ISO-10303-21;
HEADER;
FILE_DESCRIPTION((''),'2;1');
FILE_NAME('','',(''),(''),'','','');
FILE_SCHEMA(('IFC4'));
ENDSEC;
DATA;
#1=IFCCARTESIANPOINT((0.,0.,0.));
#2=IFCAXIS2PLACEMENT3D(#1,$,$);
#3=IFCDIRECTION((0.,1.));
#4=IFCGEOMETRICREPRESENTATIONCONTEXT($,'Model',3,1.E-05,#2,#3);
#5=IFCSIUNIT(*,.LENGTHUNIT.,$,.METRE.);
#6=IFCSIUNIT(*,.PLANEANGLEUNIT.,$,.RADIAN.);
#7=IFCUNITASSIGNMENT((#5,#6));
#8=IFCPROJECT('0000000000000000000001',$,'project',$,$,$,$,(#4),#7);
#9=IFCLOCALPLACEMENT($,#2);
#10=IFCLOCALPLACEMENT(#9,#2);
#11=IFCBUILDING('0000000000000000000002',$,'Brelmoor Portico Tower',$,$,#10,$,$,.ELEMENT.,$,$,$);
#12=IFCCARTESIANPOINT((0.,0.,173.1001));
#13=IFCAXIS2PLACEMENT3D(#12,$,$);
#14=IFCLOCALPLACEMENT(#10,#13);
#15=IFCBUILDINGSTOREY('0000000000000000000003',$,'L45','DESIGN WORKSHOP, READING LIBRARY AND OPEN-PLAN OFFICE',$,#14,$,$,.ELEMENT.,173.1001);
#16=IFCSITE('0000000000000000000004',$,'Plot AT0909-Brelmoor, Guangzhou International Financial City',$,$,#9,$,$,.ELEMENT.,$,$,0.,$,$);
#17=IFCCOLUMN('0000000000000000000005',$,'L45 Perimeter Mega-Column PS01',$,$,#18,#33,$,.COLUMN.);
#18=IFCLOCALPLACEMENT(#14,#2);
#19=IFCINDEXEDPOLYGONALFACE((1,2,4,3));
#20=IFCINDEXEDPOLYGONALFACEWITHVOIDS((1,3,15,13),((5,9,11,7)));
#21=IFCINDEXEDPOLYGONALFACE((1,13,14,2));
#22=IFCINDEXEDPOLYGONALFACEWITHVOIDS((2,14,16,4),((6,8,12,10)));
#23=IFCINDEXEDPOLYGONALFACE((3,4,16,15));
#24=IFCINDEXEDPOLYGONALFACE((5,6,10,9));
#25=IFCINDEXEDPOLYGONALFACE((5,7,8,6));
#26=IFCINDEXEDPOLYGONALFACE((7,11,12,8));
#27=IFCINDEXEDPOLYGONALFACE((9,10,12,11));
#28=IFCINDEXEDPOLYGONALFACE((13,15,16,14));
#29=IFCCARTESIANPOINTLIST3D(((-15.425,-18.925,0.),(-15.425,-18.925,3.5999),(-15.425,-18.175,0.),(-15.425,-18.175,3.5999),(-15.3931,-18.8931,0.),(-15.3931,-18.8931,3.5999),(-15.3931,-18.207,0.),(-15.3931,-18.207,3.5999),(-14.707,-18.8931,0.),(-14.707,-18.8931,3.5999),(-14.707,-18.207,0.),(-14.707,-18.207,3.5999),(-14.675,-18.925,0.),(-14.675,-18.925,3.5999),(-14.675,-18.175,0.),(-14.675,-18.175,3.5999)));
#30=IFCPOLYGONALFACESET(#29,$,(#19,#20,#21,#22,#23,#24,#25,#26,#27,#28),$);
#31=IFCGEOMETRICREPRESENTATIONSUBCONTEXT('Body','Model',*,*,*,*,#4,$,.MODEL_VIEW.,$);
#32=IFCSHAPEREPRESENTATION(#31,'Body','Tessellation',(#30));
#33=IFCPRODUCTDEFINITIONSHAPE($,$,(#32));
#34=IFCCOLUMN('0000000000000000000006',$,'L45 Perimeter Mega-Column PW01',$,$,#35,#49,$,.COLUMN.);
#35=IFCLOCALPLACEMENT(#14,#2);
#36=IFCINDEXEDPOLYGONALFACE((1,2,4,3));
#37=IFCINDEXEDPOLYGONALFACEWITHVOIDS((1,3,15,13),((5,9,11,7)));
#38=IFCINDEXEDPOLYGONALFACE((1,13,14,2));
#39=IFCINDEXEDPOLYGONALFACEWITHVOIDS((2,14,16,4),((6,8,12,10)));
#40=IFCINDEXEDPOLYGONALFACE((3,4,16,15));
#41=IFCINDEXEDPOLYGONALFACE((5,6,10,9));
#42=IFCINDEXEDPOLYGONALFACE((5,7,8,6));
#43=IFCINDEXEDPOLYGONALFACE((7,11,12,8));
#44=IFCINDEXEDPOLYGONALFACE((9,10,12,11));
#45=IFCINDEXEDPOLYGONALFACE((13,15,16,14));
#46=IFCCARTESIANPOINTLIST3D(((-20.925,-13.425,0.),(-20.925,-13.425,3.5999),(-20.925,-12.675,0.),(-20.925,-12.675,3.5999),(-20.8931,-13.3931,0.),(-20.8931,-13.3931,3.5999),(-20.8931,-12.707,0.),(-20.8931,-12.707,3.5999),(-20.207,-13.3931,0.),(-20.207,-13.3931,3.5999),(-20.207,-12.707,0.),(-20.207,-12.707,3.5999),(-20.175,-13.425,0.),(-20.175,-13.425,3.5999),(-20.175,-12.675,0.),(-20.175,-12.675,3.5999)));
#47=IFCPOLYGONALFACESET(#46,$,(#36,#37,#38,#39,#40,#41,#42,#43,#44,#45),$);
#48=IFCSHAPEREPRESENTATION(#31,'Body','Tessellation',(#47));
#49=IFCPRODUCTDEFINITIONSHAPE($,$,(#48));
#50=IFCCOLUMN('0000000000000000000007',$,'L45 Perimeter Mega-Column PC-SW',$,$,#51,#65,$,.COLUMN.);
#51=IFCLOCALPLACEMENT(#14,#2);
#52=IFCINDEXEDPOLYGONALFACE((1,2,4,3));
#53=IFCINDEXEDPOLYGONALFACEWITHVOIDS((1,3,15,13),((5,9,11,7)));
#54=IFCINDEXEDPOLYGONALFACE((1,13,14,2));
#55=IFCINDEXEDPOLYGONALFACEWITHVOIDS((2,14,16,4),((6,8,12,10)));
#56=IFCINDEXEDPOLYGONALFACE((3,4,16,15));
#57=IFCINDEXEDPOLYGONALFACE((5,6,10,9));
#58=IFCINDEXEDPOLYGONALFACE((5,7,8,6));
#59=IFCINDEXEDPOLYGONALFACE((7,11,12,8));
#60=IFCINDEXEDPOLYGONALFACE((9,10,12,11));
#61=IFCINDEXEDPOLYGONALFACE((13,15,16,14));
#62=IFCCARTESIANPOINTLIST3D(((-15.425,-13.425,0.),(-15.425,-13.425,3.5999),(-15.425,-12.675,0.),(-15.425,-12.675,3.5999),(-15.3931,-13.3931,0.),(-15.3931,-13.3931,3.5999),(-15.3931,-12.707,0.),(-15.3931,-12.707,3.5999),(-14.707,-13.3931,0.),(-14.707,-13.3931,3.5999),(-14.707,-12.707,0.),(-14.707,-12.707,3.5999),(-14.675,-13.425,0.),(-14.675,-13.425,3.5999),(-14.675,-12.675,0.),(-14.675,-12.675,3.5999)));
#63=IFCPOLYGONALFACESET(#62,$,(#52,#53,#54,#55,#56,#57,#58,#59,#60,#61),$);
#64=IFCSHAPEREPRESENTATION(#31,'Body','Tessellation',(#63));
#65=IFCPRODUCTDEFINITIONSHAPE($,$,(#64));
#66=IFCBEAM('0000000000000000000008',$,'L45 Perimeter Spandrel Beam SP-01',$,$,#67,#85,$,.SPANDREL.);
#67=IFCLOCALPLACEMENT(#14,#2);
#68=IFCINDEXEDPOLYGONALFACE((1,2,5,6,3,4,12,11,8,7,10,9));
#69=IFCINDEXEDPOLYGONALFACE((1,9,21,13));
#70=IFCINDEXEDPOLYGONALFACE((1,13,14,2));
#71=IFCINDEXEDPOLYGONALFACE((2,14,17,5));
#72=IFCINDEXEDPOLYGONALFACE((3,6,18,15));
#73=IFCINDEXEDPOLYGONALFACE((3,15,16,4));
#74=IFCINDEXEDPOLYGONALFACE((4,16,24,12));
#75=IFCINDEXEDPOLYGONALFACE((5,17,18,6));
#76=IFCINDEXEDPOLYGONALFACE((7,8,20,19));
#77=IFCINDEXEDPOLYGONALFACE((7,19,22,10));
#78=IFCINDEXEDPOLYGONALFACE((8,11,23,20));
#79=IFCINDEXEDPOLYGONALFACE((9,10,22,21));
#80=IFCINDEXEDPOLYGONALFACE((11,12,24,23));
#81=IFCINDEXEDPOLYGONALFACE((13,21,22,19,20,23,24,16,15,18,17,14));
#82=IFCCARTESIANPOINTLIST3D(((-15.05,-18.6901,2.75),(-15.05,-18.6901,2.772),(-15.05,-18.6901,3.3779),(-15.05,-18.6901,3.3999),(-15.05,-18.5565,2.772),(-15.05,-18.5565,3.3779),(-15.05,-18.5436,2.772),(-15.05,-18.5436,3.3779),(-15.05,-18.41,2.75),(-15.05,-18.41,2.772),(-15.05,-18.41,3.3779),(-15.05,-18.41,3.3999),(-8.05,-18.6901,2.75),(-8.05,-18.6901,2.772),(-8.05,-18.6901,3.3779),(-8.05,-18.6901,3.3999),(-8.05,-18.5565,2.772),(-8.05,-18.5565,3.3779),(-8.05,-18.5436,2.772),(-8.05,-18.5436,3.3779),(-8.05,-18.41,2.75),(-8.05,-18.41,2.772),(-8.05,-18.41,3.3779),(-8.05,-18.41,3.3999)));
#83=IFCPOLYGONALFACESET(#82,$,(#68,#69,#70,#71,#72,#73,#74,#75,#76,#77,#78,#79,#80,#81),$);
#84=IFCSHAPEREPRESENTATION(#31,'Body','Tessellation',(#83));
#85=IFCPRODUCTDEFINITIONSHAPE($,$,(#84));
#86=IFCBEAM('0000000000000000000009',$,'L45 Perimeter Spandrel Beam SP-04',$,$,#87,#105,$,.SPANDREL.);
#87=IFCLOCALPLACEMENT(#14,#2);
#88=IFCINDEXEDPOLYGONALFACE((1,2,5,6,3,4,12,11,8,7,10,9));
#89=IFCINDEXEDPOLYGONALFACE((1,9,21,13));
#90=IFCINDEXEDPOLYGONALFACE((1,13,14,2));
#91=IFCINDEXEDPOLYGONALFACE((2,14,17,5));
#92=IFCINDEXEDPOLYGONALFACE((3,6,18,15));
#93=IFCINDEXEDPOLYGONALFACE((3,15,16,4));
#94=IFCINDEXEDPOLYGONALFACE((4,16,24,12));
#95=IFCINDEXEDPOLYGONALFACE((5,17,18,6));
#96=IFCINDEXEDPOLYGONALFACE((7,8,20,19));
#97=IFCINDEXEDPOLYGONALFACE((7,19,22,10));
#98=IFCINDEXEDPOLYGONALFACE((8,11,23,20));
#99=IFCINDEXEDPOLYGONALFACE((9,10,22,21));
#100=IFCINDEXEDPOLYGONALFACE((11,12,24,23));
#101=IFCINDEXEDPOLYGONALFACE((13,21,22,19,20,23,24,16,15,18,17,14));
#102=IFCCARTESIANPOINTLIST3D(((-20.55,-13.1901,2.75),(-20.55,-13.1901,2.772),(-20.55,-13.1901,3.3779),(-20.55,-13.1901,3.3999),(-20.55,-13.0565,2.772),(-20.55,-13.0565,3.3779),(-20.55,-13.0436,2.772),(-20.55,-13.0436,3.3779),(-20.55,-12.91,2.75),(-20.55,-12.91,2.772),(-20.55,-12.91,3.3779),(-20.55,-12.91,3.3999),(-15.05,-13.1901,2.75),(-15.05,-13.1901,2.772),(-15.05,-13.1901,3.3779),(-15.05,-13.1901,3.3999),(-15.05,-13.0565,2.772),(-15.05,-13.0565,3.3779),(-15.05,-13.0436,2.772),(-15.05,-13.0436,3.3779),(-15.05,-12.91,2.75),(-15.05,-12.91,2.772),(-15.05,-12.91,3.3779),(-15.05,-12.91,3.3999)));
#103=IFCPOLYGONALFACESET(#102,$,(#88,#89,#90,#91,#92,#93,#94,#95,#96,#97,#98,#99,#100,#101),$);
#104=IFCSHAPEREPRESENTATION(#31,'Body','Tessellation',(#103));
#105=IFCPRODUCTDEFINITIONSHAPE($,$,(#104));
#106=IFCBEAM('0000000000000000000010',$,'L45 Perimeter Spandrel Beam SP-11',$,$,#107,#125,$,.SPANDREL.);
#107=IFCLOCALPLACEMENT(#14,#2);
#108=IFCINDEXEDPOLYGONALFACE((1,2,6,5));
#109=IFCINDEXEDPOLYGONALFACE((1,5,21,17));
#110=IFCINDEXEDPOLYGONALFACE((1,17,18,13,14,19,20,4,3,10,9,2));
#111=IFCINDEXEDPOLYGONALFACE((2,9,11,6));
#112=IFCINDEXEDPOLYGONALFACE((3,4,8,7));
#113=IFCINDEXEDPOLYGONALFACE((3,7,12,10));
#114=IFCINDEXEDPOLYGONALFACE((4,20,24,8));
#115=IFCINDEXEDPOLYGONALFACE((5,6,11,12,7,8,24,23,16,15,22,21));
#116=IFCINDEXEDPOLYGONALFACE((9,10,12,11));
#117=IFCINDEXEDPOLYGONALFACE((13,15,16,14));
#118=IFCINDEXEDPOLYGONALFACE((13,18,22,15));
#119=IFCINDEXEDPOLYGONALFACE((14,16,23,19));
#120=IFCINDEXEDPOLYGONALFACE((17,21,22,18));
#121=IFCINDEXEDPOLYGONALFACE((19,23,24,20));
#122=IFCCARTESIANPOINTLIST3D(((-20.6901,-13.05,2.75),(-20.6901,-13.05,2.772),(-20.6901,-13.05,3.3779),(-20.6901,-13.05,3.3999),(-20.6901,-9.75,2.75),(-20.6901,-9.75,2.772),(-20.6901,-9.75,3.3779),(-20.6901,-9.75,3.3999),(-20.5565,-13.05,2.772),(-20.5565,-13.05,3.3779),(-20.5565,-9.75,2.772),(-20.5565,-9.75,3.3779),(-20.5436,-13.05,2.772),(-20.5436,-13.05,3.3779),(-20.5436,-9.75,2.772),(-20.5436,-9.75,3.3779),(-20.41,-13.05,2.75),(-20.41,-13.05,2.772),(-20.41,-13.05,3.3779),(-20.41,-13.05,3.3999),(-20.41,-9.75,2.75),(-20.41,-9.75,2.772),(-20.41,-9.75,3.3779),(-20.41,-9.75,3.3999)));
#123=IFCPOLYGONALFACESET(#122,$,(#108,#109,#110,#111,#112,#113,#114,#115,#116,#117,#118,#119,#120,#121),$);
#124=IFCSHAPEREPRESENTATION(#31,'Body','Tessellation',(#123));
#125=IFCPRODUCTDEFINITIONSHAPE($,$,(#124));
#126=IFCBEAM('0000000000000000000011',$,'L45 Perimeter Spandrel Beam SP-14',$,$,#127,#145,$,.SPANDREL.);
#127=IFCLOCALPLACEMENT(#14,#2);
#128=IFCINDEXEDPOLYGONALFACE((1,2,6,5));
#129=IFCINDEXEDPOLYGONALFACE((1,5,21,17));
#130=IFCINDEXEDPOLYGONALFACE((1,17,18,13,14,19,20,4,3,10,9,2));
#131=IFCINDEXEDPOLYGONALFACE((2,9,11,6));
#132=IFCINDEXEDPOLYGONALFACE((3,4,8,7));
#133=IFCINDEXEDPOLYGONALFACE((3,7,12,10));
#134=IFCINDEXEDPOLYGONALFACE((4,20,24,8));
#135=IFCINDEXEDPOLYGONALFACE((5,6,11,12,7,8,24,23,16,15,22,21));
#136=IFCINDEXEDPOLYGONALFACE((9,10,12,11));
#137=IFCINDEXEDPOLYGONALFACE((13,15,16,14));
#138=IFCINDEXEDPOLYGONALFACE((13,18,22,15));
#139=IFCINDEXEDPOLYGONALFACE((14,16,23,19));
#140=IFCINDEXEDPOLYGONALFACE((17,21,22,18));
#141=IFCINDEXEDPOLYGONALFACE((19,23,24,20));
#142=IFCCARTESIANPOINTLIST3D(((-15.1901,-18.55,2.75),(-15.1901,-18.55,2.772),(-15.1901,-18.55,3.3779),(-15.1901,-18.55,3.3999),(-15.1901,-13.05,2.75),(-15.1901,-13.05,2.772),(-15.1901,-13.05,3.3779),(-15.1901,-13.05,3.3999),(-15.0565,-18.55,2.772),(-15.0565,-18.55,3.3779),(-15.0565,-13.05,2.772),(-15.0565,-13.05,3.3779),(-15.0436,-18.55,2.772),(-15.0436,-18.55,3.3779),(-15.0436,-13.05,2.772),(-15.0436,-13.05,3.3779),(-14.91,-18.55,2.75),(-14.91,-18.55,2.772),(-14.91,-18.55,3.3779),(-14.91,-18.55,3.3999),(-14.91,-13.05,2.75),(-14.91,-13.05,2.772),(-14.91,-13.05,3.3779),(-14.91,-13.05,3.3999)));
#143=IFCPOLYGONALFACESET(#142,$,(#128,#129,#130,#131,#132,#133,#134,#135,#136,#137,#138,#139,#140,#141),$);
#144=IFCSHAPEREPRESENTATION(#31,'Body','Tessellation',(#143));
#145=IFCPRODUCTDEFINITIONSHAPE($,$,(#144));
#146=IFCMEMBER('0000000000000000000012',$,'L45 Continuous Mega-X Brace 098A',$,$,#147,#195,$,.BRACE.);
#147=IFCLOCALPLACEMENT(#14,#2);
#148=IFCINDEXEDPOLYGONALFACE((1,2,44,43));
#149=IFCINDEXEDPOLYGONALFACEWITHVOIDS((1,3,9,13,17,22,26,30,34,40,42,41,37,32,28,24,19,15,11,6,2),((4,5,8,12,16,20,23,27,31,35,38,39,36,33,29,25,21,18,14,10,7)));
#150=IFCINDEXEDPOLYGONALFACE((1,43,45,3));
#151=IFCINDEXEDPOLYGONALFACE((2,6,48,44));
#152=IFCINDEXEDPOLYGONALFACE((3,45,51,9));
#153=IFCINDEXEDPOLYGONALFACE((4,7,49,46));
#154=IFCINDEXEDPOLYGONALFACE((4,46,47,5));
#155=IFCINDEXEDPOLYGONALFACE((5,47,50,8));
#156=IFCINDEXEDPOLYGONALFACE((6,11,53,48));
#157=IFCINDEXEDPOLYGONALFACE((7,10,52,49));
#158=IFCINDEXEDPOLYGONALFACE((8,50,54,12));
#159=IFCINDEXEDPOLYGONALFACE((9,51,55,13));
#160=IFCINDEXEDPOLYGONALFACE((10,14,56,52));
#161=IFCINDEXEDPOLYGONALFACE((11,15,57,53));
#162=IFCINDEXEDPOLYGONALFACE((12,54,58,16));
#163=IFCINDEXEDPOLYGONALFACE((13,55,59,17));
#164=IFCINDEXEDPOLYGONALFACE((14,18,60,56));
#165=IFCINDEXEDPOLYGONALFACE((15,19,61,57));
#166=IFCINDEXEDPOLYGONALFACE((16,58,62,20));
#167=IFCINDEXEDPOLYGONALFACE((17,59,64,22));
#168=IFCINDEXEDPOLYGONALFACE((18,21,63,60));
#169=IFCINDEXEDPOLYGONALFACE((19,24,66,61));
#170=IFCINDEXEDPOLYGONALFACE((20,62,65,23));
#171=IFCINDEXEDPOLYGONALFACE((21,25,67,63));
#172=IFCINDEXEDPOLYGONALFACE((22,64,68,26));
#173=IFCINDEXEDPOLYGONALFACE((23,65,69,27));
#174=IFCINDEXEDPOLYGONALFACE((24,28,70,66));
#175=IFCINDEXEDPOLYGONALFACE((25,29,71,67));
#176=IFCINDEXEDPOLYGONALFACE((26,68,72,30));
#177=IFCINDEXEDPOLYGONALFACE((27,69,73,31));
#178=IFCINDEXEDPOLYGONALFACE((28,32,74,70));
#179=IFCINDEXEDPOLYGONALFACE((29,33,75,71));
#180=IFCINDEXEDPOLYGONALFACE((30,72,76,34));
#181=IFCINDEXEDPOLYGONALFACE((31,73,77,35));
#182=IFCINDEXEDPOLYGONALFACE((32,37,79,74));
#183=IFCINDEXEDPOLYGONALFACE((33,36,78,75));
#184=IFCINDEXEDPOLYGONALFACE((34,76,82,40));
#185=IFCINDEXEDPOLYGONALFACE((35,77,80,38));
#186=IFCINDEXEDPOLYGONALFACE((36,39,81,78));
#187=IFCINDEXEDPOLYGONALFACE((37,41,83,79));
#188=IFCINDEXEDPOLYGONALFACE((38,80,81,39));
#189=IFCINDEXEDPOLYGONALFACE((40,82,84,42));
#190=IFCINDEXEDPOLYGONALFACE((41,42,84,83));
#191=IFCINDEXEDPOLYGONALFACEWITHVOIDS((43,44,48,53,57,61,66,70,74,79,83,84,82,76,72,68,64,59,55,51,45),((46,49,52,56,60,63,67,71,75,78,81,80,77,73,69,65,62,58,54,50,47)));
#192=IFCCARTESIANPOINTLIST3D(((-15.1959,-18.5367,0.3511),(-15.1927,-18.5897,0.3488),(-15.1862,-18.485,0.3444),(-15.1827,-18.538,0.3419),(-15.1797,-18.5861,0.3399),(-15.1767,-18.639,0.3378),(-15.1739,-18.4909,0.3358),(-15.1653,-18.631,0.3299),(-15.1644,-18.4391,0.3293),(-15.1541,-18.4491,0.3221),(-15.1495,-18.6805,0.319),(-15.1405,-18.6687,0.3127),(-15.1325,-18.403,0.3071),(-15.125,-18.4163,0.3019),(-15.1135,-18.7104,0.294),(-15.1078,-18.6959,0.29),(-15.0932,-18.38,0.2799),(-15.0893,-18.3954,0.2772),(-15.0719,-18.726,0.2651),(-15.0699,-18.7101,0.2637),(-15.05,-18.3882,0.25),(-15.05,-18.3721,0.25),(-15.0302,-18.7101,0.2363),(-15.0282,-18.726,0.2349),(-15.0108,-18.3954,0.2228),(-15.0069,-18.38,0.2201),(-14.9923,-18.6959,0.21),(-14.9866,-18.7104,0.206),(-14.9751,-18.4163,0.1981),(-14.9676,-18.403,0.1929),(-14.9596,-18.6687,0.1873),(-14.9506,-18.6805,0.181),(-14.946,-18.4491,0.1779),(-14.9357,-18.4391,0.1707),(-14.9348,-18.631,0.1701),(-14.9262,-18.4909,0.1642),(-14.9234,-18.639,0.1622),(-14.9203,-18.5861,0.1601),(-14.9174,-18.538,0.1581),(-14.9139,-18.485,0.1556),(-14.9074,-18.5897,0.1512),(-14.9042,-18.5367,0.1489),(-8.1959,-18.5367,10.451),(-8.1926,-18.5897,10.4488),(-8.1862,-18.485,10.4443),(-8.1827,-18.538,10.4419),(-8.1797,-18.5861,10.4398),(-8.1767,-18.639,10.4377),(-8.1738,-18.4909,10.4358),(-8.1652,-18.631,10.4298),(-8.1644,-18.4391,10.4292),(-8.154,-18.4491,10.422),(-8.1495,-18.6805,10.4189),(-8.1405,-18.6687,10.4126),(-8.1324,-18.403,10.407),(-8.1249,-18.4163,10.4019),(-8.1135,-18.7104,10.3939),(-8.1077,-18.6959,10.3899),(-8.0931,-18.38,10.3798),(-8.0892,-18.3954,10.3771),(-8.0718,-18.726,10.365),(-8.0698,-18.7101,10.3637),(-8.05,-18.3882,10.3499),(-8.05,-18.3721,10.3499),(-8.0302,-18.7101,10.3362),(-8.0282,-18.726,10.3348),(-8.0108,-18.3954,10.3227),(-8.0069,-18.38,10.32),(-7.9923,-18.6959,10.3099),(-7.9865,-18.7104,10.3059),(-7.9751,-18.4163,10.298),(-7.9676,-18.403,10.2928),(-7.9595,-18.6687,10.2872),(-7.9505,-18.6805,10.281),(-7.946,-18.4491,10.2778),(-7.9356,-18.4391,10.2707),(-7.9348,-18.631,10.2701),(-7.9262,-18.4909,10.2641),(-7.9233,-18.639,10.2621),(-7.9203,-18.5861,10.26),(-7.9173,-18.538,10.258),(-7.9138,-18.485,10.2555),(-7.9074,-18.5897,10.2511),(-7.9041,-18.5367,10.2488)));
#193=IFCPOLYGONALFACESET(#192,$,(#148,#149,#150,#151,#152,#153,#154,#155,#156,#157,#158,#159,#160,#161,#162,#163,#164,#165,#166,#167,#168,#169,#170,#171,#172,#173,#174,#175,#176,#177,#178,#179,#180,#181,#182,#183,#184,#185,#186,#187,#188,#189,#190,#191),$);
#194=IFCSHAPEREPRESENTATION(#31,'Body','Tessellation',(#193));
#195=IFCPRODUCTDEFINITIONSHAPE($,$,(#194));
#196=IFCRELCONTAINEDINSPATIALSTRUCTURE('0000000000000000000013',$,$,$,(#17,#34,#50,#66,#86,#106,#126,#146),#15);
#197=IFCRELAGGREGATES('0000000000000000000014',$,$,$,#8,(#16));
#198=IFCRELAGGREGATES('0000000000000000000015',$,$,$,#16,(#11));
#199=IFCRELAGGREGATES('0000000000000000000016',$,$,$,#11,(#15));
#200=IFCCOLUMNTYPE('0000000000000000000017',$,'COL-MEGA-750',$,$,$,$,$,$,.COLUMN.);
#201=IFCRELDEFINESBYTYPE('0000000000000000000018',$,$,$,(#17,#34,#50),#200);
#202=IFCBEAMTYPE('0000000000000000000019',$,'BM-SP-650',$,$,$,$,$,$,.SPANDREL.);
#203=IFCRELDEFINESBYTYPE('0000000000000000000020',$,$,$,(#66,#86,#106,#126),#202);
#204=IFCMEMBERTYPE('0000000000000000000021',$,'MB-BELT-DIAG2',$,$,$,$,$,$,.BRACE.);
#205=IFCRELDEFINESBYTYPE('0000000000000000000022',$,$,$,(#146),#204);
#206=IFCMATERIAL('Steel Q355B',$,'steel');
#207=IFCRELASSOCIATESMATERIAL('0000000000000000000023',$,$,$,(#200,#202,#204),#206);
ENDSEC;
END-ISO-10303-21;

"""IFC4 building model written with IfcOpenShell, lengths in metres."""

from ifc_helpers import new_model, si_unit, direction, frame, origin, origin_2d, place, context, subcontext, project, spatial, hollow_rectangle, hollow_circle, i_section, extrude, material, material_profile, profile_set, type_object, element, save


model = new_model("IFC4")

# Units and contexts
model_context = context("Model", 3, precision=1e-05, world=origin(), true_north=direction((0.0, 1.0)))
body_context = subcontext(model_context, "Body", "Model", "MODEL_VIEW")
ifc_project = project(units=[si_unit("LENGTHUNIT", "METRE"), si_unit("PLANEANGLEUNIT", "RADIAN")], contexts=[model_context])

# Site, building, storey
site_placement = place(None, origin())
site = spatial("IfcSite", under=ifc_project, at=site_placement, Name="Plot AT0909-Brelmoor, Guangzhou International Financial City", CompositionType="ELEMENT", RefElevation=0.0)
building_placement = place(site_placement, origin())
building = spatial("IfcBuilding", under=site, at=building_placement, Name="Brelmoor Portico Tower", CompositionType="ELEMENT")
storey_placement = place(building_placement, frame((0.0, 0.0, 173.1001)))
storey = spatial("IfcBuildingStorey", under=building, at=storey_placement, Name="L45", Description="DESIGN WORKSHOP, READING LIBRARY AND OPEN-PLAN OFFICE", CompositionType="ELEMENT", Elevation=173.1001)

# Columns
ifc_material_1 = material(Name="Steel Q355B", Category="steel")
ifc_material_profile_1 = material_profile(ifc_material_1, hollow_rectangle(XDim=0.75, YDim=0.75, WallThickness=0.032, at=origin_2d()), Name="BOX 750x750x32")
ifc_profile_set_1 = profile_set([ifc_material_profile_1], Name="Steel Q355B")
column_type = type_object("IfcColumnType", Name="COL-MEGA-750", PredefinedType="COLUMN", material=ifc_profile_set_1)
for number, where, z_axis, x_axis, name in (
    (1, (-15.05, -18.55, 0.0), (0.0, 0.0, 1.0), (1.0, 0.0, 0.0), "L45 Perimeter Mega-Column PS01"),
    (2, (-20.55, -13.05, 0.0), (0.0, 0.0, 1.0), (0.0, 1.0, 0.0), "L45 Perimeter Mega-Column PW01"),
    (3, (-15.05, -13.05, 0.0), (0.0, 0.0, 1.0), (1.0, 0.0, 0.0), "L45 Perimeter Mega-Column PC-SW"),
):
    element("IfcColumn", number, at=place(storey_placement, frame(where, z_axis=z_axis, x_axis=x_axis)), inside=storey, type_object=column_type, Name=name, PredefinedType="COLUMN", context=body_context, shape_type="SweptSolid", body=[
        extrude(hollow_rectangle(XDim=0.75, YDim=0.75, WallThickness=0.032, at=origin_2d()), origin(), (0.0, 0.0, 1.0), 3.5999),
    ])

# Beams
ifc_material_profile_2 = material_profile(ifc_material_1, i_section(OverallWidth=0.28, OverallDepth=0.6499, WebThickness=0.0129, FlangeThickness=0.022, at=origin_2d()), Name="HN 650x280x13x22")
ifc_profile_set_2 = profile_set([ifc_material_profile_2], Name="Steel Q355B")
beam_type = type_object("IfcBeamType", Name="BM-SP-650", PredefinedType="SPANDREL", material=ifc_profile_set_2)
beam_1_placement = place(storey_placement, frame((-15.05, -18.55, 3.075), z_axis=(1.0, 0.0, 0.0), x_axis=(0.0, 1.0, 0.0)))
element("IfcBeam", 4, at=beam_1_placement, inside=storey, type_object=beam_type, Name="L45 Perimeter Spandrel Beam SP-01", PredefinedType="SPANDREL", context=body_context, shape_type="SweptSolid", body=[
    extrude(i_section(OverallWidth=0.28, OverallDepth=0.6499, WebThickness=0.0129, FlangeThickness=0.022, at=origin_2d()), origin(), (0.0, 0.0, 1.0), 7.0),
])
beam_2_placement = place(storey_placement, frame((-20.55, -13.05, 3.075), z_axis=(1.0, 0.0, 0.0), x_axis=(0.0, 1.0, 0.0)))
element("IfcBeam", 5, at=beam_2_placement, inside=storey, type_object=beam_type, Name="L45 Perimeter Spandrel Beam SP-04", PredefinedType="SPANDREL", context=body_context, shape_type="SweptSolid", body=[
    extrude(i_section(OverallWidth=0.28, OverallDepth=0.6499, WebThickness=0.0129, FlangeThickness=0.022, at=origin_2d()), origin(), (0.0, 0.0, 1.0), 5.5),
])
beam_3_placement = place(storey_placement, frame((-20.55, -13.05, 3.075), z_axis=(0.0, 1.0, 0.0), x_axis=(-1.0, 0.0, 0.0)))
element("IfcBeam", 6, at=beam_3_placement, inside=storey, type_object=beam_type, Name="L45 Perimeter Spandrel Beam SP-11", PredefinedType="SPANDREL", context=body_context, shape_type="SweptSolid", body=[
    extrude(i_section(OverallWidth=0.28, OverallDepth=0.6499, WebThickness=0.0129, FlangeThickness=0.022, at=origin_2d()), origin(), (0.0, 0.0, 1.0), 3.3),
])
beam_4_placement = place(storey_placement, frame((-15.05, -18.55, 3.075), z_axis=(0.0, 1.0, 0.0), x_axis=(-1.0, 0.0, 0.0)))
element("IfcBeam", 7, at=beam_4_placement, inside=storey, type_object=beam_type, Name="L45 Perimeter Spandrel Beam SP-14", PredefinedType="SPANDREL", context=body_context, shape_type="SweptSolid", body=[
    extrude(i_section(OverallWidth=0.28, OverallDepth=0.6499, WebThickness=0.0129, FlangeThickness=0.022, at=origin_2d()), origin(), (0.0, 0.0, 1.0), 5.5),
])

# Member
ifc_material_profile_3 = material_profile(ifc_material_1, hollow_circle(Radius=0.178, WallThickness=0.0161, at=origin_2d()), Name="CHS 356x16")
ifc_profile_set_3 = profile_set([ifc_material_profile_3], Name="Steel Q355B")
member_type_1 = type_object("IfcMemberType", Name="MB-BELT-DIAG2", PredefinedType="BRACE", material=ifc_profile_set_3)
member_1_placement = place(storey_placement, frame((-15.05, -18.55, 0.25), z_axis=(0.569639, 0.0, 0.821895), x_axis=(0.0, 1.0, 0.0)))
element("IfcMember", 8, at=member_1_placement, inside=storey, type_object=member_type_1, Name="L45 Continuous Mega-X Brace 098A", PredefinedType="BRACE", context=body_context, shape_type="SweptSolid", body=[
    extrude(hollow_circle(Radius=0.178, WallThickness=0.0161, at=origin_2d()), origin(), (0.0, 0.0, 1.0), 12.2886),
])

save(model, "model.ifc")
